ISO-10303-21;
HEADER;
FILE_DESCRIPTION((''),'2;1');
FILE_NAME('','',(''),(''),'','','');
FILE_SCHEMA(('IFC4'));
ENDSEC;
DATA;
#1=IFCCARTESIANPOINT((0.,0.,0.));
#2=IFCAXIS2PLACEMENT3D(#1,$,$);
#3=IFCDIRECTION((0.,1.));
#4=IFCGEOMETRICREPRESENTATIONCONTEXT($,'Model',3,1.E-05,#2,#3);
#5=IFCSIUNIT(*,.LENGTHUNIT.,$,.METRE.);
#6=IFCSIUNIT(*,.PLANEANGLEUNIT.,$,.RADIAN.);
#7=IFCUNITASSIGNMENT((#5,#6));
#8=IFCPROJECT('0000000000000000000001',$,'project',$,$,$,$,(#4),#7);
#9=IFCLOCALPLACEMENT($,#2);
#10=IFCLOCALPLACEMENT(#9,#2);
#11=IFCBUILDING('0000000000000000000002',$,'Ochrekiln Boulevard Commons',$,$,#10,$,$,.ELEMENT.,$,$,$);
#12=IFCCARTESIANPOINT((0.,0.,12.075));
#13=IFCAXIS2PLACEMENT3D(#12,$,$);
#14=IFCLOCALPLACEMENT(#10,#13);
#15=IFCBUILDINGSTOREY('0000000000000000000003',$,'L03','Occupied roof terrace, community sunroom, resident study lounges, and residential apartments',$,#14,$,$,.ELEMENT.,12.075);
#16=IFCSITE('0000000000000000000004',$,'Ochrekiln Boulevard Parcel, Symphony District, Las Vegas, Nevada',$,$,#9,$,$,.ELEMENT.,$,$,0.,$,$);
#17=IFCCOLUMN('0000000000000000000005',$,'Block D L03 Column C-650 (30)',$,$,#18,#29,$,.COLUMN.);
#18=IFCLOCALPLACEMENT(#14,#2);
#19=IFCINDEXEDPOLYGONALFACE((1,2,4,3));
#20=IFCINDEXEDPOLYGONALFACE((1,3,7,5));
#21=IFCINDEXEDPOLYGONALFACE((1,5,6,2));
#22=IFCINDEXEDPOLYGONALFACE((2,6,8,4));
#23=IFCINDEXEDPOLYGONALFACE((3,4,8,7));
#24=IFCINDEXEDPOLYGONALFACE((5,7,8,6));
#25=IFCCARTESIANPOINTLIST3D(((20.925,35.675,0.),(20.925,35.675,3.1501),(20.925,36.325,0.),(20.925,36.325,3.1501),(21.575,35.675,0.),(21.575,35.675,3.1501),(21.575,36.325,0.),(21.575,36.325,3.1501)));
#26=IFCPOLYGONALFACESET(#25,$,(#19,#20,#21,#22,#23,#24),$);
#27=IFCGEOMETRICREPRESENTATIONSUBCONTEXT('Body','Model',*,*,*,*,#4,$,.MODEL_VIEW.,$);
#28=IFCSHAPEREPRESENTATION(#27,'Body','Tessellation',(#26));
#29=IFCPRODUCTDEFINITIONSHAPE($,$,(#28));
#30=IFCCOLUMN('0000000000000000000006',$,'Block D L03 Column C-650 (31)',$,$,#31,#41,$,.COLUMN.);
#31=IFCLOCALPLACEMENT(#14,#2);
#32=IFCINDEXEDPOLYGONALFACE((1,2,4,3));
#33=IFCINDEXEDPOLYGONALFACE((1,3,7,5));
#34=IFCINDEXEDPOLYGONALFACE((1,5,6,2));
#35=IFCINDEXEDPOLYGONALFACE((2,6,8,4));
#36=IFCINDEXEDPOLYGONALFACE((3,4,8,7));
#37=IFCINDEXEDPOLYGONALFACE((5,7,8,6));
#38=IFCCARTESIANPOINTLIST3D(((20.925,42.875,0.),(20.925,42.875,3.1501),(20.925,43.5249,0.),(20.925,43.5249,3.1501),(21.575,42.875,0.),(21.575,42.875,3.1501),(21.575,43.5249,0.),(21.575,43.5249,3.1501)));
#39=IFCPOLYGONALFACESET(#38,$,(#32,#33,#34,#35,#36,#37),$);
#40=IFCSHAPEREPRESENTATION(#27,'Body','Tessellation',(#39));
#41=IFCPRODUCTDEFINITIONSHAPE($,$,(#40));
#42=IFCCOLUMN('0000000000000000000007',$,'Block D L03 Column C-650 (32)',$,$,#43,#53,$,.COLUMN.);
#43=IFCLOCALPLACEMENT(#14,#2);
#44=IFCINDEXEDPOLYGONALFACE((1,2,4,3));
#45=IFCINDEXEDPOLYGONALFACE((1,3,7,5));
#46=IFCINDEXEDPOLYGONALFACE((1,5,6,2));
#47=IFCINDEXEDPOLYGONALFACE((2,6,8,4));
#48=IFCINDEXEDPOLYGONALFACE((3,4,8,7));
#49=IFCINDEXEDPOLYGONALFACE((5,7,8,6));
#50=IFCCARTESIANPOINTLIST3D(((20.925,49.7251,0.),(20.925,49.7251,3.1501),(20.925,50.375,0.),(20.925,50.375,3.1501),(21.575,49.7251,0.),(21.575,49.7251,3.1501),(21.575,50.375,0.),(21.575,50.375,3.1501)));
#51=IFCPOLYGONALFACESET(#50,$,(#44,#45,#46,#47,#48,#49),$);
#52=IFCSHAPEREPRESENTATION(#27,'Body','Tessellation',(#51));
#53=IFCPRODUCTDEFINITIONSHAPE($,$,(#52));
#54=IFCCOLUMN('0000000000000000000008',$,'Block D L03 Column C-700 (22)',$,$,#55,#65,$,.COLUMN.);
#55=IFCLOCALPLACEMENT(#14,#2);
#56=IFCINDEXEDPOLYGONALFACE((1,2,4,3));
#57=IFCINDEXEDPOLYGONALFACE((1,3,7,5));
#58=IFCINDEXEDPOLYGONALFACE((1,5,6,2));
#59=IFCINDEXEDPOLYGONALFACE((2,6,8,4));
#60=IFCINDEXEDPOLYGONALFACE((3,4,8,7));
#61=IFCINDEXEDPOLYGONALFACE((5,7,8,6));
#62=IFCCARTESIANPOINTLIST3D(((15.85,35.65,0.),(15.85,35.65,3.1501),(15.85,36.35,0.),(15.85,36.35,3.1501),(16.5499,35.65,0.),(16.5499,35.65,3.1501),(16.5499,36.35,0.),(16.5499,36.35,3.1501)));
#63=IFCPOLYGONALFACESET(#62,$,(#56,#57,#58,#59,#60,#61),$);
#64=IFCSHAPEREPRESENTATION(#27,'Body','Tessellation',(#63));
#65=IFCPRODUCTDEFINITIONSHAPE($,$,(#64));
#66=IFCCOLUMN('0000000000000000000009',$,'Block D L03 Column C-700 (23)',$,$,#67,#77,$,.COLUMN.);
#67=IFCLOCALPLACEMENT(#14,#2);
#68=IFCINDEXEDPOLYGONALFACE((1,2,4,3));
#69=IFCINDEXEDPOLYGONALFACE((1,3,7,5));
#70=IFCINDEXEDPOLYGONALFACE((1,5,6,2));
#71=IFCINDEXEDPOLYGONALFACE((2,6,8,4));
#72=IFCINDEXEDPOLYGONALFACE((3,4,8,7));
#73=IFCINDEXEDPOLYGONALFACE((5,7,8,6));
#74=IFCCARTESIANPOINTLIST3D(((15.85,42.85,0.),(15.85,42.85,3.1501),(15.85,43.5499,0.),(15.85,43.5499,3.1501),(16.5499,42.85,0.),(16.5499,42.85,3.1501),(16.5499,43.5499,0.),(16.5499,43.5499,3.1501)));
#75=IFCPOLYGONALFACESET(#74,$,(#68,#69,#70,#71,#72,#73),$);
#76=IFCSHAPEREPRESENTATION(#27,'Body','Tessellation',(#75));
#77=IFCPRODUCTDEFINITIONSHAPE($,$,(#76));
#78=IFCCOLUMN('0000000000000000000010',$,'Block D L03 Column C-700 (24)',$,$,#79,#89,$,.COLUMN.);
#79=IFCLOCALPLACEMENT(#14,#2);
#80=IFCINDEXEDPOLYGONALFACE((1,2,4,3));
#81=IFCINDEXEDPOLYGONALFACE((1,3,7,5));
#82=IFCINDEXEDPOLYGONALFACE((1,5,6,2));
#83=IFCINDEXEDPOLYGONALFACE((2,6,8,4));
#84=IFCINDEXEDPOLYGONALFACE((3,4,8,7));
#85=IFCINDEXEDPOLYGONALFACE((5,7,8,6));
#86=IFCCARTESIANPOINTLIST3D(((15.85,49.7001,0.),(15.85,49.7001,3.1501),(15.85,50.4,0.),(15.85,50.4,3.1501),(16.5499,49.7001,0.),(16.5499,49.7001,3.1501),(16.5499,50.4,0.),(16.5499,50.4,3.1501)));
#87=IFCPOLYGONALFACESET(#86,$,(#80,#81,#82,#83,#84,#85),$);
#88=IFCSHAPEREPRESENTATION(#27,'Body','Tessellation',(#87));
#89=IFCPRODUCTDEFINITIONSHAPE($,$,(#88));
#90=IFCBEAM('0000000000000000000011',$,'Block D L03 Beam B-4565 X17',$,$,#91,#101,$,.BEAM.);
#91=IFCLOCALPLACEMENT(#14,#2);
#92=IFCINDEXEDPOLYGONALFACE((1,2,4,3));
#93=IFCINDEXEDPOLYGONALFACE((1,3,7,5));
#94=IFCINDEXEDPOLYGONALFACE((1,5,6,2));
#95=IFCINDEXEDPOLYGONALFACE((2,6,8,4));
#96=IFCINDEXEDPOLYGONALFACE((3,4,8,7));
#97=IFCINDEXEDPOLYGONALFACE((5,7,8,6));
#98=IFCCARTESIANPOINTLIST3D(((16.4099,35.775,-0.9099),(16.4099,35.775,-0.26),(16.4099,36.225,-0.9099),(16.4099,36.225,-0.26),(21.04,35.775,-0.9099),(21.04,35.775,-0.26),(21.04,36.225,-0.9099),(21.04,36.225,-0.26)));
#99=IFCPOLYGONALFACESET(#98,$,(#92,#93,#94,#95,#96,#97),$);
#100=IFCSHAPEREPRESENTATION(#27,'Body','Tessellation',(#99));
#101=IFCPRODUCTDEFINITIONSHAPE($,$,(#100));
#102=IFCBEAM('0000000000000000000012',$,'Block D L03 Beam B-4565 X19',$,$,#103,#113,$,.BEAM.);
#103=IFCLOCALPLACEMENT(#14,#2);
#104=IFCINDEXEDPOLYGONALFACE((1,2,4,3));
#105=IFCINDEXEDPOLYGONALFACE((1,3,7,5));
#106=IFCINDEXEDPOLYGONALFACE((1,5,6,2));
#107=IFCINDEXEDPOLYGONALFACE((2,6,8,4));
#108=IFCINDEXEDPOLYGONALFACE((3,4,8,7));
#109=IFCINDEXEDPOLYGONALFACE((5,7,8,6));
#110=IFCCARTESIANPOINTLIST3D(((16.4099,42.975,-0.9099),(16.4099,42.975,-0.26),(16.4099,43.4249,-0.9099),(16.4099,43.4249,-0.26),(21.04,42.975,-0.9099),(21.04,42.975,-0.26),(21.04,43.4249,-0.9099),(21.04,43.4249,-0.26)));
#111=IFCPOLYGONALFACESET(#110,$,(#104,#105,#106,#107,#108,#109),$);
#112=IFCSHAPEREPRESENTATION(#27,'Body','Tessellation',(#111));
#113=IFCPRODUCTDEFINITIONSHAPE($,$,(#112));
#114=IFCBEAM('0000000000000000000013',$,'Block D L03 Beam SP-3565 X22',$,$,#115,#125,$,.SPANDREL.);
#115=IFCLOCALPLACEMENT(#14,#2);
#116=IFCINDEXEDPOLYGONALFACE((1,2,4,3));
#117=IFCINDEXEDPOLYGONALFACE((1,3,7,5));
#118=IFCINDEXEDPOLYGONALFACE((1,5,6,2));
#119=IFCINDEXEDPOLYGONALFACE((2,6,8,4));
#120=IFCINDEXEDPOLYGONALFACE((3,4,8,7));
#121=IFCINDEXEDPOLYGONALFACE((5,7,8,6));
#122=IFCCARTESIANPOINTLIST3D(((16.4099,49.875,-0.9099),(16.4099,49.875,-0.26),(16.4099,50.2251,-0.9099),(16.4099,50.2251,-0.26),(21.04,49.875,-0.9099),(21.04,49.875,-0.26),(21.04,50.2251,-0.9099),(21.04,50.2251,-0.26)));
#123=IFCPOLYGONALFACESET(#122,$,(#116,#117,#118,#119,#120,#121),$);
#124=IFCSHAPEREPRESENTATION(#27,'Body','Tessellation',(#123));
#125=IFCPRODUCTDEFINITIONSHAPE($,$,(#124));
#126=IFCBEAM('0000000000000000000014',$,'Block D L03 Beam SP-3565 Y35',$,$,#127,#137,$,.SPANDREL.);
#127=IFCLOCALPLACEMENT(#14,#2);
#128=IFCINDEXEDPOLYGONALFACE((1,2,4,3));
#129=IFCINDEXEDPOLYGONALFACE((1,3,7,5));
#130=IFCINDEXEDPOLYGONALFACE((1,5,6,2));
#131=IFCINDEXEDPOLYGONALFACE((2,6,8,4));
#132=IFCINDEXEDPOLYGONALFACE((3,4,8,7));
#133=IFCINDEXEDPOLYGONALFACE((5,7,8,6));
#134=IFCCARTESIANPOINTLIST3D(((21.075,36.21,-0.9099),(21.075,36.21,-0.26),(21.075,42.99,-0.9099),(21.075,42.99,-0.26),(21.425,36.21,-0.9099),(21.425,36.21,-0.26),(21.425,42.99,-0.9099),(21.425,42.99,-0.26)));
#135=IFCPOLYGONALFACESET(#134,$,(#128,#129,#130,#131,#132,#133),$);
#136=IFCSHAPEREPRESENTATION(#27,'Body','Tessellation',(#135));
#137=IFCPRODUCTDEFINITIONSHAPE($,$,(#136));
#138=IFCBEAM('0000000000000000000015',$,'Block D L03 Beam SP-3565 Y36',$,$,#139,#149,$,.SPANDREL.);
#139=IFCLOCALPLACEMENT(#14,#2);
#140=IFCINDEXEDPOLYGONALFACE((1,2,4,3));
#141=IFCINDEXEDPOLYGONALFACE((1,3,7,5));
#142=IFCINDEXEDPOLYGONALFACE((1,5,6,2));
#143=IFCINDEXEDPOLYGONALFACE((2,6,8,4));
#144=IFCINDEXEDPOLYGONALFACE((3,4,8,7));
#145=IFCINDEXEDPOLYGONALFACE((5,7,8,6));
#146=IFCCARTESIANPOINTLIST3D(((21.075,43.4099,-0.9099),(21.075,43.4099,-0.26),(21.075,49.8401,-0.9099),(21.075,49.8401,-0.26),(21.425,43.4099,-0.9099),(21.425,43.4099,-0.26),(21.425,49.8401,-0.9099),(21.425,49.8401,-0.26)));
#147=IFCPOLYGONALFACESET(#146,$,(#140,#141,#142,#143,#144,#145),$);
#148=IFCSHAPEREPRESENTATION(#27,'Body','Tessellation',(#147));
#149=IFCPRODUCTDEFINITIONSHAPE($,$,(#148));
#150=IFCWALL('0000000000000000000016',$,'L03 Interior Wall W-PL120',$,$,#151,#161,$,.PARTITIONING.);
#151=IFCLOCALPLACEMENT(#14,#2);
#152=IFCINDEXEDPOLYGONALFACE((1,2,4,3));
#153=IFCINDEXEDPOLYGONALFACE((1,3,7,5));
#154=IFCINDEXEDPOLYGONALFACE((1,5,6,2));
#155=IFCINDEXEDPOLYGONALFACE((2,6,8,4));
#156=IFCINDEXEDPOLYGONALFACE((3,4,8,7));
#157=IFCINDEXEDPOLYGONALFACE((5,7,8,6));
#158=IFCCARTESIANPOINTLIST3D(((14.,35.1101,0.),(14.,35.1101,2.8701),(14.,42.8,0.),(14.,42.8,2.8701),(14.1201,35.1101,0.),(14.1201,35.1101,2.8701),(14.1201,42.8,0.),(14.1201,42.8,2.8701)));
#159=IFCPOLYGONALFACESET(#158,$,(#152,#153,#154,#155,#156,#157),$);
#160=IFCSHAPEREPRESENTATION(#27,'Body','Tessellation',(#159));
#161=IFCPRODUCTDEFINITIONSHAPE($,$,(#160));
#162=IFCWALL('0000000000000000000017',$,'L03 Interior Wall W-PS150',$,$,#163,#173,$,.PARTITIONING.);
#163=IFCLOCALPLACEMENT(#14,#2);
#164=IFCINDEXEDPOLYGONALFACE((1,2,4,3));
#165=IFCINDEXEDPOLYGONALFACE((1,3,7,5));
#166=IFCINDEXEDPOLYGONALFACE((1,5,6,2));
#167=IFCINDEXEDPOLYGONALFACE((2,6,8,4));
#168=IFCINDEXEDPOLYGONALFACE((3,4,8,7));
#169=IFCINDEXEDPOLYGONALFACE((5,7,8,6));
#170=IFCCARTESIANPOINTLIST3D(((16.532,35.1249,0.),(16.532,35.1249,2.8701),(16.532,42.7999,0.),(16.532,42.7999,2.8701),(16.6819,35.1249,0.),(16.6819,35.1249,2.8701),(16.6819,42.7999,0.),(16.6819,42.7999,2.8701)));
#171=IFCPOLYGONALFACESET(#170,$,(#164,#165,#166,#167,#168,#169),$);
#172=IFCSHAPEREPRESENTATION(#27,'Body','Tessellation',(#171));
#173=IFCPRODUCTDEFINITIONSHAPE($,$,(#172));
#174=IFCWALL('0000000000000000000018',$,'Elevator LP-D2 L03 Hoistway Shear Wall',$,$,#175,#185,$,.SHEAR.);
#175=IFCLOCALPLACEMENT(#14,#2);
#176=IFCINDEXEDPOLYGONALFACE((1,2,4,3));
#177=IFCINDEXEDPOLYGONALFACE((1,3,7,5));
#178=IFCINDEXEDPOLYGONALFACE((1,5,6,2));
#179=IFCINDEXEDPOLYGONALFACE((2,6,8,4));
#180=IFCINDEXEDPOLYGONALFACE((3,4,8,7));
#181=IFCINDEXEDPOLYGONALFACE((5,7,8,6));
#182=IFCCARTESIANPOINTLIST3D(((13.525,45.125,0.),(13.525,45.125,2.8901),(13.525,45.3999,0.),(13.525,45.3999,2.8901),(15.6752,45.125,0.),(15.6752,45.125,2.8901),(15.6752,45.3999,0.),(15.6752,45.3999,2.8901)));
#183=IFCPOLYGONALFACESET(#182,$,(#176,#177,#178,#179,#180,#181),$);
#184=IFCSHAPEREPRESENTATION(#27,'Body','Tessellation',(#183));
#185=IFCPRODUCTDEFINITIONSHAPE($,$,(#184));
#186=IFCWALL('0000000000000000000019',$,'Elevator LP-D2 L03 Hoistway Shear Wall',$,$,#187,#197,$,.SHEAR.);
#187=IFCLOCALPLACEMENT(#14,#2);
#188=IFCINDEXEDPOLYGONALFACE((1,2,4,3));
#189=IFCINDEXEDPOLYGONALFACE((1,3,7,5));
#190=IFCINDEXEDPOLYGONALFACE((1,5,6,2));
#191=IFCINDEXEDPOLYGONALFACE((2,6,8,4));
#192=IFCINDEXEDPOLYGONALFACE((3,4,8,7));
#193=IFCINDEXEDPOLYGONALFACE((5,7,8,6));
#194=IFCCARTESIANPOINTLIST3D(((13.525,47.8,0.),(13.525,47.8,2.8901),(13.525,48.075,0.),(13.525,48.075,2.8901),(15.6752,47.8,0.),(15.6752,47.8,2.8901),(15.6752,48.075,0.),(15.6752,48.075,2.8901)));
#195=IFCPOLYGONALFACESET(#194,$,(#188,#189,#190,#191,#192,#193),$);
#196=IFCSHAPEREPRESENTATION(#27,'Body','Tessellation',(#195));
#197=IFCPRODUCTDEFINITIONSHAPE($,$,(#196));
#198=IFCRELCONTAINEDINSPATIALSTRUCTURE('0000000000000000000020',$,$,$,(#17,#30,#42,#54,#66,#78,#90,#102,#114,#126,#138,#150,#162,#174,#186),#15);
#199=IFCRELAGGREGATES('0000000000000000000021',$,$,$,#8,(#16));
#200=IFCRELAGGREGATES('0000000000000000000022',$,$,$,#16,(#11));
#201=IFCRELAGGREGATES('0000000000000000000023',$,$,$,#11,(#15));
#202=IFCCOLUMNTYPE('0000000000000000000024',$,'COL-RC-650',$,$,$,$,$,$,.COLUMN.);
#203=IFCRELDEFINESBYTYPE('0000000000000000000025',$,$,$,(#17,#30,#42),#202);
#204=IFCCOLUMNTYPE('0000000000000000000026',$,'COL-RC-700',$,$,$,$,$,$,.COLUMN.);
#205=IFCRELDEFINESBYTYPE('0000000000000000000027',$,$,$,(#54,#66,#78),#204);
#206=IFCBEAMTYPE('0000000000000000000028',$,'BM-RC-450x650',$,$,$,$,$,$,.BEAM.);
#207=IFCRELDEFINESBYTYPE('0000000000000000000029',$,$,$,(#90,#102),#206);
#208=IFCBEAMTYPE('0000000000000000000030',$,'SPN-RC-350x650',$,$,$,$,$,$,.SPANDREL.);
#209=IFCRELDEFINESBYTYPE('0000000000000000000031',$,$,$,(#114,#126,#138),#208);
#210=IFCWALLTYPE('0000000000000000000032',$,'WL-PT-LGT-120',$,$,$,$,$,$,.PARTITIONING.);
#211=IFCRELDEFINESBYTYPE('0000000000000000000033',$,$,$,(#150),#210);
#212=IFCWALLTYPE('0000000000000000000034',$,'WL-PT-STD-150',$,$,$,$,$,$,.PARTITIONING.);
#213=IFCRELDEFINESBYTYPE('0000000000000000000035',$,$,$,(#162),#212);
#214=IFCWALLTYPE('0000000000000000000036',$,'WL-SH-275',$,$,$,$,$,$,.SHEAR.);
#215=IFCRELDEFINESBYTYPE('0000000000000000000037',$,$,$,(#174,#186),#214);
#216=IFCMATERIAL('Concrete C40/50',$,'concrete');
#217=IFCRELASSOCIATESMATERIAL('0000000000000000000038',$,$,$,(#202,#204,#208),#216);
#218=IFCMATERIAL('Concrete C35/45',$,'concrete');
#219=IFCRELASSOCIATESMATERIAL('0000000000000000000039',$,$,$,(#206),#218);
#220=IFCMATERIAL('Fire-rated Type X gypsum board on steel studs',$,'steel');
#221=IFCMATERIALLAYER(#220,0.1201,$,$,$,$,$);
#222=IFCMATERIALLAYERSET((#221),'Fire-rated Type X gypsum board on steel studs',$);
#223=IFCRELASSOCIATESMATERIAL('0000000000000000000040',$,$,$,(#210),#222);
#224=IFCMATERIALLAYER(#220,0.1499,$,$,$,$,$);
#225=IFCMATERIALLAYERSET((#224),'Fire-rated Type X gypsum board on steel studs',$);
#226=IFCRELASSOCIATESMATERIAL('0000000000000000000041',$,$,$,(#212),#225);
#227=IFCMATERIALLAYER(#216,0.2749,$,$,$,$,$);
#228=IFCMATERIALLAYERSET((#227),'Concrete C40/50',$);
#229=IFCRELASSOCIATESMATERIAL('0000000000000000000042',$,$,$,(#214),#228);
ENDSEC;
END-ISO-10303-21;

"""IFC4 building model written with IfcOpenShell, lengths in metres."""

from ifc_helpers import new_model, si_unit, direction, frame, frame_2d, origin, origin_2d, place, context, subcontext, project, spatial, rectangle, extrude, material, layer, layer_set, material_profile, profile_set, type_object, element, save


model = new_model("IFC4")

# Units and contexts
model_context = context("Model", 3, precision=1e-05, world=origin(), true_north=direction((0.0, 1.0)))
body_context = subcontext(model_context, "Body", "Model", "MODEL_VIEW")
ifc_project = project(units=[si_unit("LENGTHUNIT", "METRE"), si_unit("PLANEANGLEUNIT", "RADIAN")], contexts=[model_context])

# Site, building, storey
site_placement = place(None, origin())
site = spatial("IfcSite", under=ifc_project, at=site_placement, Name="Ochrekiln Boulevard Parcel, Symphony District, Las Vegas, Nevada", CompositionType="ELEMENT", RefElevation=0.0)
building_placement = place(site_placement, origin())
building = spatial("IfcBuilding", under=site, at=building_placement, Name="Ochrekiln Boulevard Commons", CompositionType="ELEMENT")
storey_placement = place(building_placement, frame((0.0, 0.0, 12.075)))
storey = spatial("IfcBuildingStorey", under=building, at=storey_placement, Name="L03", Description="Occupied roof terrace, community sunroom, resident study lounges, and residential apartments", CompositionType="ELEMENT", Elevation=12.075)

# Columns
ifc_material_1 = material(Name="Concrete C40/50", Category="concrete")
ifc_material_profile_1 = material_profile(ifc_material_1, rectangle(XDim=0.6499, YDim=0.6499, at=origin_2d()), Name="RC-COL-650x650")
ifc_profile_set_1 = profile_set([ifc_material_profile_1], Name="Concrete C40/50")
column_type_1 = type_object("IfcColumnType", Name="COL-RC-650", PredefinedType="COLUMN", material=ifc_profile_set_1)
for number, where, z_axis, x_axis, name in (
    (1, (21.25, 36.0, 0.0), (0.0, 0.0, 1.0), (1.0, 0.0, 0.0), "Block D L03 Column C-650 (30)"),
    (2, (21.25, 43.2, 0.0), (0.0, 0.0, 1.0), (1.0, 0.0, 0.0), "Block D L03 Column C-650 (31)"),
    (3, (21.25, 50.05, 0.0), (0.0, 0.0, 1.0), (1.0, 0.0, 0.0), "Block D L03 Column C-650 (32)"),
):
    element("IfcColumn", number, at=place(storey_placement, frame(where, z_axis=z_axis, x_axis=x_axis)), inside=storey, type_object=column_type_1, Name=name, PredefinedType="COLUMN", context=body_context, shape_type="SweptSolid", body=[
        extrude(rectangle(XDim=0.6499, YDim=0.6499, at=origin_2d()), origin(), (0.0, 0.0, 1.0), 3.1501),
    ])
ifc_material_profile_2 = material_profile(ifc_material_1, rectangle(XDim=0.7, YDim=0.7, at=origin_2d()), Name="RC-COL-700x700")
ifc_profile_set_2 = profile_set([ifc_material_profile_2], Name="Concrete C40/50")
column_type_2 = type_object("IfcColumnType", Name="COL-RC-700", PredefinedType="COLUMN", material=ifc_profile_set_2)
for number, where, z_axis, x_axis, name in (
    (4, (16.2, 36.0, 0.0), (0.0, 0.0, 1.0), (1.0, 0.0, 0.0), "Block D L03 Column C-700 (22)"),
    (5, (16.2, 43.2, 0.0), (0.0, 0.0, 1.0), (1.0, 0.0, 0.0), "Block D L03 Column C-700 (23)"),
    (6, (16.2, 50.05, 0.0), (0.0, 0.0, 1.0), (1.0, 0.0, 0.0), "Block D L03 Column C-700 (24)"),
):
    element("IfcColumn", number, at=place(storey_placement, frame(where, z_axis=z_axis, x_axis=x_axis)), inside=storey, type_object=column_type_2, Name=name, PredefinedType="COLUMN", context=body_context, shape_type="SweptSolid", body=[
        extrude(rectangle(XDim=0.7, YDim=0.7, at=origin_2d()), origin(), (0.0, 0.0, 1.0), 3.1501),
    ])

# Beams
ifc_material_2 = material(Name="Concrete C35/45", Category="concrete")
ifc_material_profile_3 = material_profile(ifc_material_2, rectangle(XDim=0.45, YDim=0.6499, at=origin_2d()), Name="RC-BM-450x650")
ifc_profile_set_3 = profile_set([ifc_material_profile_3], Name="Concrete C35/45")
beam_type_1 = type_object("IfcBeamType", Name="BM-RC-450x650", PredefinedType="BEAM", material=ifc_profile_set_3)
for number, where, z_axis, x_axis, name in (
    (7, (16.4099, 36.0, -0.585), (1.0, 0.0, 0.0), (0.0, 1.0, 0.0), "Block D L03 Beam B-4565 X17"),
    (8, (16.4099, 43.2, -0.585), (1.0, 0.0, 0.0), (0.0, 1.0, 0.0), "Block D L03 Beam B-4565 X19"),
):
    element("IfcBeam", number, at=place(storey_placement, frame(where, z_axis=z_axis, x_axis=x_axis)), inside=storey, type_object=beam_type_1, Name=name, PredefinedType="BEAM", context=body_context, shape_type="SweptSolid", body=[
        extrude(rectangle(XDim=0.45, YDim=0.6499, at=origin_2d()), origin(), (0.0, 0.0, 1.0), 4.6301),
    ])
ifc_material_profile_4 = material_profile(ifc_material_1, rectangle(XDim=0.3501, YDim=0.6499, at=origin_2d()), Name="RC-SPN-350x650")
ifc_profile_set_4 = profile_set([ifc_material_profile_4], Name="Concrete C40/50")
beam_type_2 = type_object("IfcBeamType", Name="SPN-RC-350x650", PredefinedType="SPANDREL", material=ifc_profile_set_4)
beam_1_placement = place(storey_placement, frame((16.4099, 50.05, -0.585), z_axis=(1.0, 0.0, 0.0), x_axis=(0.0, 1.0, 0.0)))
element("IfcBeam", 9, at=beam_1_placement, inside=storey, type_object=beam_type_2, Name="Block D L03 Beam SP-3565 X22", PredefinedType="SPANDREL", context=body_context, shape_type="SweptSolid", body=[
    extrude(rectangle(XDim=0.3501, YDim=0.6499, at=origin_2d()), origin(), (0.0, 0.0, 1.0), 4.6301),
])
beam_2_placement = place(storey_placement, frame((21.25, 36.21, -0.585), z_axis=(0.0, 1.0, 0.0), x_axis=(-1.0, 0.0, 0.0)))
element("IfcBeam", 10, at=beam_2_placement, inside=storey, type_object=beam_type_2, Name="Block D L03 Beam SP-3565 Y35", PredefinedType="SPANDREL", context=body_context, shape_type="SweptSolid", body=[
    extrude(rectangle(XDim=0.3501, YDim=0.6499, at=origin_2d()), origin(), (0.0, 0.0, 1.0), 6.78),
])
beam_3_placement = place(storey_placement, frame((21.25, 43.4099, -0.585), z_axis=(0.0, 1.0, 0.0), x_axis=(-1.0, 0.0, 0.0)))
element("IfcBeam", 11, at=beam_3_placement, inside=storey, type_object=beam_type_2, Name="Block D L03 Beam SP-3565 Y36", PredefinedType="SPANDREL", context=body_context, shape_type="SweptSolid", body=[
    extrude(rectangle(XDim=0.3501, YDim=0.6499, at=origin_2d()), origin(), (0.0, 0.0, 1.0), 6.4302),
])

# Walls
ifc_material_3 = material(Name="Fire-rated Type X gypsum board on steel studs", Category="steel")
ifc_layer_1 = layer(ifc_material_3, 0.1201)
ifc_layer_set_1 = layer_set([ifc_layer_1], Name="Fire-rated Type X gypsum board on steel studs")
wall_type_1 = type_object("IfcWallType", Name="WL-PT-LGT-120", PredefinedType="PARTITIONING", material=ifc_layer_set_1)
wall_1_placement = place(storey_placement, frame((14.0601, 35.1101, 0.0), z_axis=(0.0, 0.0, 1.0), x_axis=(0.0, 1.0, 0.0)))
element("IfcWall", 12, at=wall_1_placement, inside=storey, type_object=wall_type_1, Name="L03 Interior Wall W-PL120", PredefinedType="PARTITIONING", context=body_context, shape_type="SweptSolid", body=[
    extrude(rectangle(XDim=7.6899, YDim=0.1201, at=frame_2d((3.845, 0.0))), origin(), (0.0, 0.0, 1.0), 2.8701),
])
ifc_layer_2 = layer(ifc_material_3, 0.1499)
ifc_layer_set_2 = layer_set([ifc_layer_2], Name="Fire-rated Type X gypsum board on steel studs")
wall_type_2 = type_object("IfcWallType", Name="WL-PT-STD-150", PredefinedType="PARTITIONING", material=ifc_layer_set_2)
wall_2_placement = place(storey_placement, frame((16.6069, 35.125, 0.0), z_axis=(0.0, 0.0, 1.0), x_axis=(0.0, 1.0, 0.0)))
element("IfcWall", 13, at=wall_2_placement, inside=storey, type_object=wall_type_2, Name="L03 Interior Wall W-PS150", PredefinedType="PARTITIONING", context=body_context, shape_type="SweptSolid", body=[
    extrude(rectangle(XDim=7.675, YDim=0.1499, at=frame_2d((3.8374, 0.0))), origin(), (0.0, 0.0, 1.0), 2.8701),
])
ifc_layer_3 = layer(ifc_material_1, 0.2749)
ifc_layer_set_3 = layer_set([ifc_layer_3], Name="Concrete C40/50")
wall_type_3 = type_object("IfcWallType", Name="WL-SH-275", PredefinedType="SHEAR", material=ifc_layer_set_3)
for number, where, z_axis, x_axis, name in (
    (14, (13.5249, 45.2625, 0.0), (0.0, 0.0, 1.0), (1.0, 0.0, 0.0), "Elevator LP-D2 L03 Hoistway Shear Wall"),
    (15, (13.5249, 47.9375, 0.0), (0.0, 0.0, 1.0), (1.0, 0.0, 0.0), "Elevator LP-D2 L03 Hoistway Shear Wall"),
):
    element("IfcWall", number, at=place(storey_placement, frame(where, z_axis=z_axis, x_axis=x_axis)), inside=storey, type_object=wall_type_3, Name=name, PredefinedType="SHEAR", context=body_context, shape_type="SweptSolid", body=[
        extrude(rectangle(XDim=2.1501, YDim=0.2749, at=frame_2d((1.0752, 0.0))), origin(), (0.0, 0.0, 1.0), 2.8901),
    ])

save(model, "model.ifc")
